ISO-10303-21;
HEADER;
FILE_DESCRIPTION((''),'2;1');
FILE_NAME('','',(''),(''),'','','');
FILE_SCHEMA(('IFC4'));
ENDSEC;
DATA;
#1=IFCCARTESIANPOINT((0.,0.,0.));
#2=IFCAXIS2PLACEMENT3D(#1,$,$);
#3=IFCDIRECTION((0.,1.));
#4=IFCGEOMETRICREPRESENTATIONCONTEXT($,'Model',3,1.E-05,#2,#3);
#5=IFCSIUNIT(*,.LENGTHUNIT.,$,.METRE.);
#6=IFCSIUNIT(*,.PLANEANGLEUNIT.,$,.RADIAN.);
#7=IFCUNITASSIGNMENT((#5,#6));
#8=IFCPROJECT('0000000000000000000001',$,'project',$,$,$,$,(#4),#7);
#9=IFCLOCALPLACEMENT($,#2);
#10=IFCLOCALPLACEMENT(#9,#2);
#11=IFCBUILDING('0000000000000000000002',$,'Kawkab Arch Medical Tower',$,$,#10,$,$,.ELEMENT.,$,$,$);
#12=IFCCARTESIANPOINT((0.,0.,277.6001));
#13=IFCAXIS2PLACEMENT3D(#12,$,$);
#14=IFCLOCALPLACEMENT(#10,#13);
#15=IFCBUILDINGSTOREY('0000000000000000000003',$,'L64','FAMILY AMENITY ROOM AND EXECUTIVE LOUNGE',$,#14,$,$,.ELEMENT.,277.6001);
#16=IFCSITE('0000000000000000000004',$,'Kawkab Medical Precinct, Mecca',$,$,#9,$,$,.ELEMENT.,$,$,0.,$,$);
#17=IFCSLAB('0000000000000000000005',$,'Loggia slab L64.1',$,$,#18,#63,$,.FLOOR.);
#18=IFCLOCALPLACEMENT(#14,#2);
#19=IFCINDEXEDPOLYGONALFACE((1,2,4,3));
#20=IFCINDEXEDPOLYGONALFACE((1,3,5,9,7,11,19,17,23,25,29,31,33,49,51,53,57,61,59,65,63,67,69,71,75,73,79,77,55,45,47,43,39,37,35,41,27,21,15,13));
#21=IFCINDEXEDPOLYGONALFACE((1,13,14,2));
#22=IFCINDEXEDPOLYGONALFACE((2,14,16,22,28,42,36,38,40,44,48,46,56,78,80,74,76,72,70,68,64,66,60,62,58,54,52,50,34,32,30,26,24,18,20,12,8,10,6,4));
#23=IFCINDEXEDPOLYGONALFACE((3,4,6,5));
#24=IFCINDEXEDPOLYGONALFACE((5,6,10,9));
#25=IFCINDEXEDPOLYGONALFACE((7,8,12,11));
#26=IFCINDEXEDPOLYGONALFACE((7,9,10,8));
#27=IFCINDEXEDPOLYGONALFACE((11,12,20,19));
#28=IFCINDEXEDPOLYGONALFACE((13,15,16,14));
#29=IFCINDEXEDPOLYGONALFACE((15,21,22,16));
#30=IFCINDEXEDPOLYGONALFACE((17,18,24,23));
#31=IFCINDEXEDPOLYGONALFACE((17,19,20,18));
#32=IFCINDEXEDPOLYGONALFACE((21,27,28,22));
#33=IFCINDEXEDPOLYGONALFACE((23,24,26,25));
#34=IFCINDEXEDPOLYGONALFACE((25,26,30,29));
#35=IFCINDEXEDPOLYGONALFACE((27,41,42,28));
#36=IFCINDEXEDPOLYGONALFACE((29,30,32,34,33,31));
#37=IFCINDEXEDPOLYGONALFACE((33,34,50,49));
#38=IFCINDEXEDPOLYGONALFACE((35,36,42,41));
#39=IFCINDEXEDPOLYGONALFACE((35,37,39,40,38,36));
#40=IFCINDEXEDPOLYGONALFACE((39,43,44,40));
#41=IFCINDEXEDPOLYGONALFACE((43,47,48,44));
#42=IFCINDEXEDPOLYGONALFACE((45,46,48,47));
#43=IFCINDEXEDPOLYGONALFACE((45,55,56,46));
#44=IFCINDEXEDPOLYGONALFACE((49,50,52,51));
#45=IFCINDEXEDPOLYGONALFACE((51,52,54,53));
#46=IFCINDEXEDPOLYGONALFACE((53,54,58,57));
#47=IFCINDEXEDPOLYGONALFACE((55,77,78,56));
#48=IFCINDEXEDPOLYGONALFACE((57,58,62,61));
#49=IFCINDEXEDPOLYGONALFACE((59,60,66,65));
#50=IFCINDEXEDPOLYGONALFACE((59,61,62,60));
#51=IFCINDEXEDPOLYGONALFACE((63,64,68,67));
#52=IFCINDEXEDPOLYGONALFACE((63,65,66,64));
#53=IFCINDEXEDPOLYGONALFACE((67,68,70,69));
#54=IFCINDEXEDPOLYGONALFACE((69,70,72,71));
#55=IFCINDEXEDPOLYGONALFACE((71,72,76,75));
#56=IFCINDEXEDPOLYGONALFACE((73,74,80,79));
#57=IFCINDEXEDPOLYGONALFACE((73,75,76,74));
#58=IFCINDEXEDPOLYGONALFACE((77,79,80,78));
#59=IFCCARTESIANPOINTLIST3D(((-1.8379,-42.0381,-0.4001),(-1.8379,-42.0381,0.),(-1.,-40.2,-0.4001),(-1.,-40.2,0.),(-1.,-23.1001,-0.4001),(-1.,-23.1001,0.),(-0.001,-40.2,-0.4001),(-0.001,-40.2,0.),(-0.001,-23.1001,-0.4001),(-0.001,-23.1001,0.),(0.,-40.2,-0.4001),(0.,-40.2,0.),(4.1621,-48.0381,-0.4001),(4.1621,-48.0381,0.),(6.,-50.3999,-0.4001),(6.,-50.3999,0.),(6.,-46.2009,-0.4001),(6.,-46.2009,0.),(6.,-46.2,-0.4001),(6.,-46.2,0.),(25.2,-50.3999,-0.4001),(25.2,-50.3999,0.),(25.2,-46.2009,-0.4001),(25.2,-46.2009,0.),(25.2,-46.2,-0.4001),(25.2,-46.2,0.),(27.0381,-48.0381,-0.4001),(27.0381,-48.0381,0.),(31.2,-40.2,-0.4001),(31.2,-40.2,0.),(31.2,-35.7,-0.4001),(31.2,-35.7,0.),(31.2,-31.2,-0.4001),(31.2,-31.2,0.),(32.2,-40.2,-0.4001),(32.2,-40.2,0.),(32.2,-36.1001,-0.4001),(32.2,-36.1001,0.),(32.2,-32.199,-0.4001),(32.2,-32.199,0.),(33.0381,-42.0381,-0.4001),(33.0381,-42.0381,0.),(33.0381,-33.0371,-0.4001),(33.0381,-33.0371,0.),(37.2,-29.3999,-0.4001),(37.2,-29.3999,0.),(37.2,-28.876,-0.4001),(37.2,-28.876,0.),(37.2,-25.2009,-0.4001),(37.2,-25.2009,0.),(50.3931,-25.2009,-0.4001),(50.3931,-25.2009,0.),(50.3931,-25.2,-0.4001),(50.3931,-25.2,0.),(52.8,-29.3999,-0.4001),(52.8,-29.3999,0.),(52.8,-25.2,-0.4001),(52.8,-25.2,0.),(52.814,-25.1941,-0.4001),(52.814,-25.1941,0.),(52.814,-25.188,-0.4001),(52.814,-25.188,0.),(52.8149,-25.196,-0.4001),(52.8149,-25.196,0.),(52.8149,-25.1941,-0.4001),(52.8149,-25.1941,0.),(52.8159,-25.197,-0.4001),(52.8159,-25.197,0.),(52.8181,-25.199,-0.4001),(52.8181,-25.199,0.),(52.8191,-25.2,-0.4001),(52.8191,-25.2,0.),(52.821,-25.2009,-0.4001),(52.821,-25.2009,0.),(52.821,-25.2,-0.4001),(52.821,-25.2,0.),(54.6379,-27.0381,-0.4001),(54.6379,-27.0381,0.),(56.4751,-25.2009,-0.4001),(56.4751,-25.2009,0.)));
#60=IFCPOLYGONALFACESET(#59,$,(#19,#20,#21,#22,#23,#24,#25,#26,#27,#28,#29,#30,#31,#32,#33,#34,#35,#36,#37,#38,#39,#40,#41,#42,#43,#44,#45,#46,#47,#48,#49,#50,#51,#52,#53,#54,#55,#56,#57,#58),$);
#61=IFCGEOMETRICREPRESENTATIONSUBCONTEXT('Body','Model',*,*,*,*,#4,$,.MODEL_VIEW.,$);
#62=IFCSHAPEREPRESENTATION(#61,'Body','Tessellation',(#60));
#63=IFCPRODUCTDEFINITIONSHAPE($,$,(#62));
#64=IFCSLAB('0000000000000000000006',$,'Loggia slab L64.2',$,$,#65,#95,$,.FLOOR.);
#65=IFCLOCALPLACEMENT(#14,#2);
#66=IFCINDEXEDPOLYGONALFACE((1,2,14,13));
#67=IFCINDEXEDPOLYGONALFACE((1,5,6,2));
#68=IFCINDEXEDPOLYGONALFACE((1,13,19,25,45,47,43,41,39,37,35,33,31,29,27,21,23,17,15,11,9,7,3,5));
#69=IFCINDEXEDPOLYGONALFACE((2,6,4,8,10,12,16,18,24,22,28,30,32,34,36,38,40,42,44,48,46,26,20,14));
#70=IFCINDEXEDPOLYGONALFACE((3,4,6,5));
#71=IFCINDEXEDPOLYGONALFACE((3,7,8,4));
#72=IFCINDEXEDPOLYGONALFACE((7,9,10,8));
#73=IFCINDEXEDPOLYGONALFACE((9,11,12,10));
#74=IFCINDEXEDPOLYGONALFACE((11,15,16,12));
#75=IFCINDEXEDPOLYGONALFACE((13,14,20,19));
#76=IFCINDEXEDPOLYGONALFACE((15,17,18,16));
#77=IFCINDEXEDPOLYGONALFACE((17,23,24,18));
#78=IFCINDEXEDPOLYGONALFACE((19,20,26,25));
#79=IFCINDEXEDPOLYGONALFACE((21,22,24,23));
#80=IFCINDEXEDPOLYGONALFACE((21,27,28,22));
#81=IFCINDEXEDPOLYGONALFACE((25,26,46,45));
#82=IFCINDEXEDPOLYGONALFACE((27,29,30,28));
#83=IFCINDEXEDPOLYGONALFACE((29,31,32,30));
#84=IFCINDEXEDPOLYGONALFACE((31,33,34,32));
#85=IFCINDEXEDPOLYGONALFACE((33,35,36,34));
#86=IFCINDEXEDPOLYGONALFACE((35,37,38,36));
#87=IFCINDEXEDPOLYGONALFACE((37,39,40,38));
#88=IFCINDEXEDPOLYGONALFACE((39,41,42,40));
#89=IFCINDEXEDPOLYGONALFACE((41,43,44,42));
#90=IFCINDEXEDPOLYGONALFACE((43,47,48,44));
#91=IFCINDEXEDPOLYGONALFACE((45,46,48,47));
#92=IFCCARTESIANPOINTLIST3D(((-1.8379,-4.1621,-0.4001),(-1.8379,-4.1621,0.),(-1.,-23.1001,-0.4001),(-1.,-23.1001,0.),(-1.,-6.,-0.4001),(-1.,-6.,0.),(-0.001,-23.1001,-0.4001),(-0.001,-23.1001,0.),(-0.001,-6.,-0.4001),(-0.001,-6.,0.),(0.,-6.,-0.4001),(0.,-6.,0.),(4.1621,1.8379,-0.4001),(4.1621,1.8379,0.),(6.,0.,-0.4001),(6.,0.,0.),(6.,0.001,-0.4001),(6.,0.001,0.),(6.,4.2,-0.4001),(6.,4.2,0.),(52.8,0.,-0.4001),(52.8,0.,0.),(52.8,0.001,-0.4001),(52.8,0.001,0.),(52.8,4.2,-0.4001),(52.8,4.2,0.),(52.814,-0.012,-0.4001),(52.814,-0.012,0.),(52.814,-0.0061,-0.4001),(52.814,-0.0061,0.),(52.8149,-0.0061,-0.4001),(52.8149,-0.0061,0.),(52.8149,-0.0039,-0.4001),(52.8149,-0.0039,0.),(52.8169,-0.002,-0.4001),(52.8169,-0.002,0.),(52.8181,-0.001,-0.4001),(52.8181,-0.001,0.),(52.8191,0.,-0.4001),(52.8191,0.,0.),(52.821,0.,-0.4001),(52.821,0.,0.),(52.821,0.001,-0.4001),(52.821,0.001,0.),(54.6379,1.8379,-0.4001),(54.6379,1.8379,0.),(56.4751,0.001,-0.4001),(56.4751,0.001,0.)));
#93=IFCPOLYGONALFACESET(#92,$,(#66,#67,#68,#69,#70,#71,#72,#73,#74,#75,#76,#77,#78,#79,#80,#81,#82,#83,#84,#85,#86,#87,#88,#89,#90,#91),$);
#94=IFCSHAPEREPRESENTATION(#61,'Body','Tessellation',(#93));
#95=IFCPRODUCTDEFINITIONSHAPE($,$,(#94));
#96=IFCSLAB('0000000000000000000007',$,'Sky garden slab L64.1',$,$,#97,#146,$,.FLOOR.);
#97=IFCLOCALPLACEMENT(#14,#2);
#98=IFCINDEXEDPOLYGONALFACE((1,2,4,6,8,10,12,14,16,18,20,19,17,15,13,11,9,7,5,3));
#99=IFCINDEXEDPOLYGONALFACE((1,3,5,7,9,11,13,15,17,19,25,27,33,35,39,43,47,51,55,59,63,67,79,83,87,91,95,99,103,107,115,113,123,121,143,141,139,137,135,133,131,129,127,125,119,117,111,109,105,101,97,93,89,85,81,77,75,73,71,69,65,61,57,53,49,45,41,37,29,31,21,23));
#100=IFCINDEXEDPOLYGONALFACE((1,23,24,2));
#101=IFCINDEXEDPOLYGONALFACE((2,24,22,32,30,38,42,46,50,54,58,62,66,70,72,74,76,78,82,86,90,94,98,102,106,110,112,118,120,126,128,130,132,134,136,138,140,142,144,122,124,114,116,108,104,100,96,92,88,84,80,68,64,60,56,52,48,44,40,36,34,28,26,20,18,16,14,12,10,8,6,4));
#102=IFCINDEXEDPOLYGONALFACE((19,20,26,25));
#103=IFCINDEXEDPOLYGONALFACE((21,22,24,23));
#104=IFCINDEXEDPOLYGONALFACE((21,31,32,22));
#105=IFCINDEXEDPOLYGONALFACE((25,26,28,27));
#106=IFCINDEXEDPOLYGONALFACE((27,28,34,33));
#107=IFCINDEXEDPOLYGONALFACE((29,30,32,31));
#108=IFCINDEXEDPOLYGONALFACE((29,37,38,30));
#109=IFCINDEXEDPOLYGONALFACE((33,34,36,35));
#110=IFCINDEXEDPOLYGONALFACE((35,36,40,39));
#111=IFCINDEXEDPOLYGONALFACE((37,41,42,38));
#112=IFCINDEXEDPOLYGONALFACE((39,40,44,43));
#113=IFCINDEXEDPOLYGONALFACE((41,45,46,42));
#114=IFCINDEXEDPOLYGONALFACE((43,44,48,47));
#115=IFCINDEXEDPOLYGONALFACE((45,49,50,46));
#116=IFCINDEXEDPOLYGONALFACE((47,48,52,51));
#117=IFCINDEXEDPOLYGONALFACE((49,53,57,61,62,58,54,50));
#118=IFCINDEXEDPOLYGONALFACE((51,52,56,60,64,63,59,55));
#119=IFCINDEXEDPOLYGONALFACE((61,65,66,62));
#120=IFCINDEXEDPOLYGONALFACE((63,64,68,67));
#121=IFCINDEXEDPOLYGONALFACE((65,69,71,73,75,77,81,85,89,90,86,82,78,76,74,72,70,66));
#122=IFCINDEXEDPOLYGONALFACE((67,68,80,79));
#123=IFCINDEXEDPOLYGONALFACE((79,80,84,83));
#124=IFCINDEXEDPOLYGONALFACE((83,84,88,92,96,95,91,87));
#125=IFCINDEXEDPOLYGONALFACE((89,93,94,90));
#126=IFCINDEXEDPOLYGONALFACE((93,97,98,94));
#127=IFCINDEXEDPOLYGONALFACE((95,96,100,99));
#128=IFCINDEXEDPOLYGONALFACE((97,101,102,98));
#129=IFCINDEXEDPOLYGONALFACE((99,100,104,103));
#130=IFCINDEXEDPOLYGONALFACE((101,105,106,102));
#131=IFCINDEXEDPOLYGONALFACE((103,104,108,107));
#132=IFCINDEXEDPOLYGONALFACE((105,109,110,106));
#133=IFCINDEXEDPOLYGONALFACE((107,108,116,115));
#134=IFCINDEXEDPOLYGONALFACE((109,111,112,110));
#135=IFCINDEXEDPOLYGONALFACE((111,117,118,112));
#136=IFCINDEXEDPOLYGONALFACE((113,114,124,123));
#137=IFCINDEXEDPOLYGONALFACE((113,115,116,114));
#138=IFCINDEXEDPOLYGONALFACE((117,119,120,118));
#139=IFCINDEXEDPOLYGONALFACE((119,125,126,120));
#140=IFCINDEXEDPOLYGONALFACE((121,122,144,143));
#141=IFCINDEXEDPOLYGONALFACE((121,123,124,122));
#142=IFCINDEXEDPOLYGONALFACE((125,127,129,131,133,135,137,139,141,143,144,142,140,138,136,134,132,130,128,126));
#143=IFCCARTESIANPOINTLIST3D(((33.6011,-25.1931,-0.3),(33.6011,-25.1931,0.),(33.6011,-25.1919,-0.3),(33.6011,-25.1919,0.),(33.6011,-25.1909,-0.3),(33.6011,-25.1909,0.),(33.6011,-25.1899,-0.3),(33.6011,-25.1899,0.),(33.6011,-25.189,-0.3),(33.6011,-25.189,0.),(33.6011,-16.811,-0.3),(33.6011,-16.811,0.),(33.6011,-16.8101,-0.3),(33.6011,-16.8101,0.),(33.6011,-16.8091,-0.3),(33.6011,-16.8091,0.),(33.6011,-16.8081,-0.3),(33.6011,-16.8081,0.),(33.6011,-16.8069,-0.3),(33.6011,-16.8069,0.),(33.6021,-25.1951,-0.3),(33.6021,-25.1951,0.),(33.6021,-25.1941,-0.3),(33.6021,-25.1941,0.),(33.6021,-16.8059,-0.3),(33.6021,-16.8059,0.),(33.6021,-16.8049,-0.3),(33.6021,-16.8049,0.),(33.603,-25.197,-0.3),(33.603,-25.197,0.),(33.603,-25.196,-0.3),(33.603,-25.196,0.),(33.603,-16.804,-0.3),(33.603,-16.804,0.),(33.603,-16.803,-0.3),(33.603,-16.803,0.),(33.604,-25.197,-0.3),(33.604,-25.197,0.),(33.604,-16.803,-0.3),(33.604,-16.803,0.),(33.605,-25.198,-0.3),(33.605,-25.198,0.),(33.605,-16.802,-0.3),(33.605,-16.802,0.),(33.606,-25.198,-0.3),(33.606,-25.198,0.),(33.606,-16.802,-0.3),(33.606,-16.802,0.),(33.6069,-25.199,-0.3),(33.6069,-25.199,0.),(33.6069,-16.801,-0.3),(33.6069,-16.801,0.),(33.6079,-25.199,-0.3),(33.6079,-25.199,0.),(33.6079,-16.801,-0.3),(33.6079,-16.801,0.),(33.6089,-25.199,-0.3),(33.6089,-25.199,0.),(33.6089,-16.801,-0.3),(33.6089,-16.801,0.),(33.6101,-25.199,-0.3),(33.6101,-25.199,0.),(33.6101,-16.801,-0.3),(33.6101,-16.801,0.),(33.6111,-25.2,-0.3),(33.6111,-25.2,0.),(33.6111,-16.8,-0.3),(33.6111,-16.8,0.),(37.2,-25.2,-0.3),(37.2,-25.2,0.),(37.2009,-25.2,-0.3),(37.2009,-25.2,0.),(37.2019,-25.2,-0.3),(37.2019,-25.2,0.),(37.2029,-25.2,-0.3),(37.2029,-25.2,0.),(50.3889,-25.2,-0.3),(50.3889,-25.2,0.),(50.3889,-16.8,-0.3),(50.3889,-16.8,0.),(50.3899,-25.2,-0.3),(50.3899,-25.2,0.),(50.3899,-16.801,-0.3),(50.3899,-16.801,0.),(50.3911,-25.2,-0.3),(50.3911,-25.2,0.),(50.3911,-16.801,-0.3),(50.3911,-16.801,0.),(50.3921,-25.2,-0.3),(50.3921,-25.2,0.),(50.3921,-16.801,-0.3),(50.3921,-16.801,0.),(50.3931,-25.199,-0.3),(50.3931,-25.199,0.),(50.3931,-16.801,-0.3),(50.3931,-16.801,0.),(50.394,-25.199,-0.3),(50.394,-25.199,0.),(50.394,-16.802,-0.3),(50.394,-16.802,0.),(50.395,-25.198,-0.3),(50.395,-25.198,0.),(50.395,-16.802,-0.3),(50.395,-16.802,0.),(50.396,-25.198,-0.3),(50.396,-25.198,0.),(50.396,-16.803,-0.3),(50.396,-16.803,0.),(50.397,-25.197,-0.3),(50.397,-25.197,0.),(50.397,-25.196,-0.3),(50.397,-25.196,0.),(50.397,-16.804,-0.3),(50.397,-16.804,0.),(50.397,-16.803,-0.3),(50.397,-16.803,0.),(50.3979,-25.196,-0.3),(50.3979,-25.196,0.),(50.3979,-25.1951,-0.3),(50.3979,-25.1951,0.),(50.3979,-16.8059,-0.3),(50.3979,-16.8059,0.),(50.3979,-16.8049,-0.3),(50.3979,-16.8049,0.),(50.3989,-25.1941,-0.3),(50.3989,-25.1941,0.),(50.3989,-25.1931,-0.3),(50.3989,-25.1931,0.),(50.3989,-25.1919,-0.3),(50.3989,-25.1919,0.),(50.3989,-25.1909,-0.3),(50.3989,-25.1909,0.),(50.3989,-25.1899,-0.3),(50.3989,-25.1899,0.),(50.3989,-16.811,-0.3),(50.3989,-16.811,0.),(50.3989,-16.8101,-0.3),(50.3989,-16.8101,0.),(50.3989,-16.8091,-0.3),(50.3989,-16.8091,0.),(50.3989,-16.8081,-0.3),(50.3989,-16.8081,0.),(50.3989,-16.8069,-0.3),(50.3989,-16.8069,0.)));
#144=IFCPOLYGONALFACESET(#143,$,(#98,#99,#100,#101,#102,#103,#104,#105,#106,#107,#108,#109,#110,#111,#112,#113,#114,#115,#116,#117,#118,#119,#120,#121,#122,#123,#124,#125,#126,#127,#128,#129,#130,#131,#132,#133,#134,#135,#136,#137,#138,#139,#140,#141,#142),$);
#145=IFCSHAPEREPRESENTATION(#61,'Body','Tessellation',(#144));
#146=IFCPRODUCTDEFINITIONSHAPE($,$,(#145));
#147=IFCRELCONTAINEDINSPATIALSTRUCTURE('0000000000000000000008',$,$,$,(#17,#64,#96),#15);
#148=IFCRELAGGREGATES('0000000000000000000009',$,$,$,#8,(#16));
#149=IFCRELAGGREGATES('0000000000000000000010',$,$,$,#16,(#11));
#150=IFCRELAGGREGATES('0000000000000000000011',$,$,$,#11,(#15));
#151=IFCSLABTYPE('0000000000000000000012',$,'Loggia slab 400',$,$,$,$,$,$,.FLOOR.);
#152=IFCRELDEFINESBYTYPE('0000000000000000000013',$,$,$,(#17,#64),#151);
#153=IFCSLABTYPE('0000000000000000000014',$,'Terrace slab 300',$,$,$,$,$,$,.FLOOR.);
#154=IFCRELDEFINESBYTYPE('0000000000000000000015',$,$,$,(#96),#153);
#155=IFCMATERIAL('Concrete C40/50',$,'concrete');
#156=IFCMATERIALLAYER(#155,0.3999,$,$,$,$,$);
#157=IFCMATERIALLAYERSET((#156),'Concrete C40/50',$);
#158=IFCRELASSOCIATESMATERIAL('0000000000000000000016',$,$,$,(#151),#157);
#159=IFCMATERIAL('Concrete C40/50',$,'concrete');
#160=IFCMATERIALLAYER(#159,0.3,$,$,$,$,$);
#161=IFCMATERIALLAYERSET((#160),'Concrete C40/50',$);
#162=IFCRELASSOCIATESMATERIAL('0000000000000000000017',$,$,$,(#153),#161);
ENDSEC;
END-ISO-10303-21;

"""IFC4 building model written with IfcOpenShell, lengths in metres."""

from ifc_helpers import new_model, si_unit, direction, frame, origin, place, context, subcontext, project, spatial, polyline, outline, extrude, material, layer, layer_set, type_object, element, save


model = new_model("IFC4")

# Units and contexts
model_context = context("Model", 3, precision=1e-05, world=origin(), true_north=direction((0.0, 1.0)))
body_context = subcontext(model_context, "Body", "Model", "MODEL_VIEW")
ifc_project = project(units=[si_unit("LENGTHUNIT", "METRE"), si_unit("PLANEANGLEUNIT", "RADIAN")], contexts=[model_context])

# Site, building, storey
site_placement = place(None, origin())
site = spatial("IfcSite", under=ifc_project, at=site_placement, Name="Kawkab Medical Precinct, Mecca", CompositionType="ELEMENT", RefElevation=0.0)
building_placement = place(site_placement, origin())
building = spatial("IfcBuilding", under=site, at=building_placement, Name="Kawkab Arch Medical Tower", CompositionType="ELEMENT")
storey_placement = place(building_placement, frame((0.0, 0.0, 277.6001)))
storey = spatial("IfcBuildingStorey", under=building, at=storey_placement, Name="L64", Description="FAMILY AMENITY ROOM AND EXECUTIVE LOUNGE", CompositionType="ELEMENT", Elevation=277.6001)

# Slabs
ifc_material_1 = material(Name="Concrete C40/50", Category="concrete")
ifc_layer_1 = layer(ifc_material_1, 0.3999)
ifc_layer_set_1 = layer_set([ifc_layer_1], Name="Concrete C40/50")
slab_type_1 = type_object("IfcSlabType", Name="Loggia slab 400", PredefinedType="FLOOR", material=ifc_layer_set_1)
placement_1 = place(storey_placement, frame((0.0, 0.0, -0.4001)))
element("IfcSlab", 1, at=placement_1, inside=storey, type_object=slab_type_1, Name="Loggia slab L64.1", PredefinedType="FLOOR", context=body_context, shape_type="SweptSolid", body=[
    extrude(outline(polyline([(-1.0, -40.2), (-1.0, -23.1001), (-0.001, -23.1001), (-0.001, -40.2), (0.0, -40.2), (6.0, -46.2), (6.0, -46.2009), (25.2, -46.2009), (25.2, -46.2), (31.2, -40.2), (31.2, -35.7), (31.2, -31.2), (37.2, -25.2009), (50.3931, -25.2009), (50.3931, -25.2), (52.8, -25.2), (52.814, -25.188), (52.814, -25.1941), (52.8149, -25.1941), (52.8149, -25.196), (52.8159, -25.197), (52.8181, -25.199), (52.8191, -25.2), (52.821, -25.2), (52.821, -25.2009), (56.4751, -25.2009), (54.6379, -27.0381), (52.8, -29.3999), (37.2, -29.3999), (37.2, -28.876), (33.0381, -33.0371), (32.2, -32.199), (32.2, -36.1001), (32.2, -40.2), (33.0381, -42.0381), (27.0381, -48.0381), (25.2, -50.3999), (6.0, -50.3999), (4.1621, -48.0381), (-1.8379, -42.0381), (-1.0, -40.2)])), origin(), (0.0, 0.0, 1.0), 0.4001),
])
element("IfcSlab", 2, at=placement_1, inside=storey, type_object=slab_type_1, Name="Loggia slab L64.2", PredefinedType="FLOOR", context=body_context, shape_type="SweptSolid", body=[
    extrude(outline(polyline([(4.1621, 1.8379), (6.0, 4.2), (52.8, 4.2), (54.6379, 1.8379), (56.4751, 0.001), (52.821, 0.001), (52.821, 0.0), (52.8191, 0.0), (52.8181, -0.001), (52.8169, -0.002), (52.8149, -0.0039), (52.8149, -0.0061), (52.814, -0.0061), (52.814, -0.012), (52.8, 0.0), (52.8, 0.001), (6.0, 0.001), (6.0, 0.0), (0.0, -6.0), (-0.001, -6.0), (-0.001, -23.1001), (-1.0, -23.1001), (-1.0, -6.0), (-1.8379, -4.1621), (4.1621, 1.8379)])), origin(), (0.0, 0.0, 1.0), 0.4001),
])
ifc_material_2 = material(Name="Concrete C40/50", Category="concrete")
ifc_layer_2 = layer(ifc_material_2, 0.3)
ifc_layer_set_2 = layer_set([ifc_layer_2], Name="Concrete C40/50")
slab_type_2 = type_object("IfcSlabType", Name="Terrace slab 300", PredefinedType="FLOOR", material=ifc_layer_set_2)
placement_2 = place(storey_placement, frame((0.0, 0.0, -0.3)))
element("IfcSlab", 3, at=placement_2, inside=storey, type_object=slab_type_2, Name="Sky garden slab L64.1", PredefinedType="FLOOR", context=body_context, shape_type="SweptSolid", body=[
    extrude(outline(polyline([(37.2009, -25.2), (37.2019, -25.2), (37.2029, -25.2), (50.3889, -25.2), (50.3899, -25.2), (50.3911, -25.2), (50.3921, -25.2), (50.3931, -25.199), (50.394, -25.199), (50.395, -25.198), (50.396, -25.198), (50.397, -25.197), (50.397, -25.196), (50.3979, -25.196), (50.3979, -25.1951), (50.3989, -25.1941), (50.3989, -25.1931), (50.3989, -25.1919), (50.3989, -25.1909), (50.3989, -25.1899), (50.3989, -16.811), (50.3989, -16.8101), (50.3989, -16.8091), (50.3989, -16.8081), (50.3989, -16.8069), (50.3979, -16.8059), (50.3979, -16.8049), (50.397, -16.804), (50.397, -16.803), (50.396, -16.803), (50.395, -16.802), (50.394, -16.802), (50.3931, -16.801), (50.3921, -16.801), (50.3911, -16.801), (50.3899, -16.801), (50.3889, -16.8), (33.6111, -16.8), (33.6101, -16.801), (33.6089, -16.801), (33.6079, -16.801), (33.6069, -16.801), (33.606, -16.802), (33.605, -16.802), (33.604, -16.803), (33.603, -16.803), (33.603, -16.804), (33.6021, -16.8049), (33.6021, -16.8059), (33.6011, -16.8069), (33.6011, -16.8081), (33.6011, -16.8091), (33.6011, -16.8101), (33.6011, -16.811), (33.6011, -25.189), (33.6011, -25.1899), (33.6011, -25.1909), (33.6011, -25.1919), (33.6011, -25.1931), (33.6021, -25.1941), (33.6021, -25.1951), (33.603, -25.196), (33.603, -25.197), (33.604, -25.197), (33.605, -25.198), (33.606, -25.198), (33.6069, -25.199), (33.6079, -25.199), (33.6089, -25.199), (33.6101, -25.199), (33.6111, -25.2), (37.2, -25.2), (37.2009, -25.2)])), origin(), (0.0, 0.0, 1.0), 0.3),
])

save(model, "model.ifc")
